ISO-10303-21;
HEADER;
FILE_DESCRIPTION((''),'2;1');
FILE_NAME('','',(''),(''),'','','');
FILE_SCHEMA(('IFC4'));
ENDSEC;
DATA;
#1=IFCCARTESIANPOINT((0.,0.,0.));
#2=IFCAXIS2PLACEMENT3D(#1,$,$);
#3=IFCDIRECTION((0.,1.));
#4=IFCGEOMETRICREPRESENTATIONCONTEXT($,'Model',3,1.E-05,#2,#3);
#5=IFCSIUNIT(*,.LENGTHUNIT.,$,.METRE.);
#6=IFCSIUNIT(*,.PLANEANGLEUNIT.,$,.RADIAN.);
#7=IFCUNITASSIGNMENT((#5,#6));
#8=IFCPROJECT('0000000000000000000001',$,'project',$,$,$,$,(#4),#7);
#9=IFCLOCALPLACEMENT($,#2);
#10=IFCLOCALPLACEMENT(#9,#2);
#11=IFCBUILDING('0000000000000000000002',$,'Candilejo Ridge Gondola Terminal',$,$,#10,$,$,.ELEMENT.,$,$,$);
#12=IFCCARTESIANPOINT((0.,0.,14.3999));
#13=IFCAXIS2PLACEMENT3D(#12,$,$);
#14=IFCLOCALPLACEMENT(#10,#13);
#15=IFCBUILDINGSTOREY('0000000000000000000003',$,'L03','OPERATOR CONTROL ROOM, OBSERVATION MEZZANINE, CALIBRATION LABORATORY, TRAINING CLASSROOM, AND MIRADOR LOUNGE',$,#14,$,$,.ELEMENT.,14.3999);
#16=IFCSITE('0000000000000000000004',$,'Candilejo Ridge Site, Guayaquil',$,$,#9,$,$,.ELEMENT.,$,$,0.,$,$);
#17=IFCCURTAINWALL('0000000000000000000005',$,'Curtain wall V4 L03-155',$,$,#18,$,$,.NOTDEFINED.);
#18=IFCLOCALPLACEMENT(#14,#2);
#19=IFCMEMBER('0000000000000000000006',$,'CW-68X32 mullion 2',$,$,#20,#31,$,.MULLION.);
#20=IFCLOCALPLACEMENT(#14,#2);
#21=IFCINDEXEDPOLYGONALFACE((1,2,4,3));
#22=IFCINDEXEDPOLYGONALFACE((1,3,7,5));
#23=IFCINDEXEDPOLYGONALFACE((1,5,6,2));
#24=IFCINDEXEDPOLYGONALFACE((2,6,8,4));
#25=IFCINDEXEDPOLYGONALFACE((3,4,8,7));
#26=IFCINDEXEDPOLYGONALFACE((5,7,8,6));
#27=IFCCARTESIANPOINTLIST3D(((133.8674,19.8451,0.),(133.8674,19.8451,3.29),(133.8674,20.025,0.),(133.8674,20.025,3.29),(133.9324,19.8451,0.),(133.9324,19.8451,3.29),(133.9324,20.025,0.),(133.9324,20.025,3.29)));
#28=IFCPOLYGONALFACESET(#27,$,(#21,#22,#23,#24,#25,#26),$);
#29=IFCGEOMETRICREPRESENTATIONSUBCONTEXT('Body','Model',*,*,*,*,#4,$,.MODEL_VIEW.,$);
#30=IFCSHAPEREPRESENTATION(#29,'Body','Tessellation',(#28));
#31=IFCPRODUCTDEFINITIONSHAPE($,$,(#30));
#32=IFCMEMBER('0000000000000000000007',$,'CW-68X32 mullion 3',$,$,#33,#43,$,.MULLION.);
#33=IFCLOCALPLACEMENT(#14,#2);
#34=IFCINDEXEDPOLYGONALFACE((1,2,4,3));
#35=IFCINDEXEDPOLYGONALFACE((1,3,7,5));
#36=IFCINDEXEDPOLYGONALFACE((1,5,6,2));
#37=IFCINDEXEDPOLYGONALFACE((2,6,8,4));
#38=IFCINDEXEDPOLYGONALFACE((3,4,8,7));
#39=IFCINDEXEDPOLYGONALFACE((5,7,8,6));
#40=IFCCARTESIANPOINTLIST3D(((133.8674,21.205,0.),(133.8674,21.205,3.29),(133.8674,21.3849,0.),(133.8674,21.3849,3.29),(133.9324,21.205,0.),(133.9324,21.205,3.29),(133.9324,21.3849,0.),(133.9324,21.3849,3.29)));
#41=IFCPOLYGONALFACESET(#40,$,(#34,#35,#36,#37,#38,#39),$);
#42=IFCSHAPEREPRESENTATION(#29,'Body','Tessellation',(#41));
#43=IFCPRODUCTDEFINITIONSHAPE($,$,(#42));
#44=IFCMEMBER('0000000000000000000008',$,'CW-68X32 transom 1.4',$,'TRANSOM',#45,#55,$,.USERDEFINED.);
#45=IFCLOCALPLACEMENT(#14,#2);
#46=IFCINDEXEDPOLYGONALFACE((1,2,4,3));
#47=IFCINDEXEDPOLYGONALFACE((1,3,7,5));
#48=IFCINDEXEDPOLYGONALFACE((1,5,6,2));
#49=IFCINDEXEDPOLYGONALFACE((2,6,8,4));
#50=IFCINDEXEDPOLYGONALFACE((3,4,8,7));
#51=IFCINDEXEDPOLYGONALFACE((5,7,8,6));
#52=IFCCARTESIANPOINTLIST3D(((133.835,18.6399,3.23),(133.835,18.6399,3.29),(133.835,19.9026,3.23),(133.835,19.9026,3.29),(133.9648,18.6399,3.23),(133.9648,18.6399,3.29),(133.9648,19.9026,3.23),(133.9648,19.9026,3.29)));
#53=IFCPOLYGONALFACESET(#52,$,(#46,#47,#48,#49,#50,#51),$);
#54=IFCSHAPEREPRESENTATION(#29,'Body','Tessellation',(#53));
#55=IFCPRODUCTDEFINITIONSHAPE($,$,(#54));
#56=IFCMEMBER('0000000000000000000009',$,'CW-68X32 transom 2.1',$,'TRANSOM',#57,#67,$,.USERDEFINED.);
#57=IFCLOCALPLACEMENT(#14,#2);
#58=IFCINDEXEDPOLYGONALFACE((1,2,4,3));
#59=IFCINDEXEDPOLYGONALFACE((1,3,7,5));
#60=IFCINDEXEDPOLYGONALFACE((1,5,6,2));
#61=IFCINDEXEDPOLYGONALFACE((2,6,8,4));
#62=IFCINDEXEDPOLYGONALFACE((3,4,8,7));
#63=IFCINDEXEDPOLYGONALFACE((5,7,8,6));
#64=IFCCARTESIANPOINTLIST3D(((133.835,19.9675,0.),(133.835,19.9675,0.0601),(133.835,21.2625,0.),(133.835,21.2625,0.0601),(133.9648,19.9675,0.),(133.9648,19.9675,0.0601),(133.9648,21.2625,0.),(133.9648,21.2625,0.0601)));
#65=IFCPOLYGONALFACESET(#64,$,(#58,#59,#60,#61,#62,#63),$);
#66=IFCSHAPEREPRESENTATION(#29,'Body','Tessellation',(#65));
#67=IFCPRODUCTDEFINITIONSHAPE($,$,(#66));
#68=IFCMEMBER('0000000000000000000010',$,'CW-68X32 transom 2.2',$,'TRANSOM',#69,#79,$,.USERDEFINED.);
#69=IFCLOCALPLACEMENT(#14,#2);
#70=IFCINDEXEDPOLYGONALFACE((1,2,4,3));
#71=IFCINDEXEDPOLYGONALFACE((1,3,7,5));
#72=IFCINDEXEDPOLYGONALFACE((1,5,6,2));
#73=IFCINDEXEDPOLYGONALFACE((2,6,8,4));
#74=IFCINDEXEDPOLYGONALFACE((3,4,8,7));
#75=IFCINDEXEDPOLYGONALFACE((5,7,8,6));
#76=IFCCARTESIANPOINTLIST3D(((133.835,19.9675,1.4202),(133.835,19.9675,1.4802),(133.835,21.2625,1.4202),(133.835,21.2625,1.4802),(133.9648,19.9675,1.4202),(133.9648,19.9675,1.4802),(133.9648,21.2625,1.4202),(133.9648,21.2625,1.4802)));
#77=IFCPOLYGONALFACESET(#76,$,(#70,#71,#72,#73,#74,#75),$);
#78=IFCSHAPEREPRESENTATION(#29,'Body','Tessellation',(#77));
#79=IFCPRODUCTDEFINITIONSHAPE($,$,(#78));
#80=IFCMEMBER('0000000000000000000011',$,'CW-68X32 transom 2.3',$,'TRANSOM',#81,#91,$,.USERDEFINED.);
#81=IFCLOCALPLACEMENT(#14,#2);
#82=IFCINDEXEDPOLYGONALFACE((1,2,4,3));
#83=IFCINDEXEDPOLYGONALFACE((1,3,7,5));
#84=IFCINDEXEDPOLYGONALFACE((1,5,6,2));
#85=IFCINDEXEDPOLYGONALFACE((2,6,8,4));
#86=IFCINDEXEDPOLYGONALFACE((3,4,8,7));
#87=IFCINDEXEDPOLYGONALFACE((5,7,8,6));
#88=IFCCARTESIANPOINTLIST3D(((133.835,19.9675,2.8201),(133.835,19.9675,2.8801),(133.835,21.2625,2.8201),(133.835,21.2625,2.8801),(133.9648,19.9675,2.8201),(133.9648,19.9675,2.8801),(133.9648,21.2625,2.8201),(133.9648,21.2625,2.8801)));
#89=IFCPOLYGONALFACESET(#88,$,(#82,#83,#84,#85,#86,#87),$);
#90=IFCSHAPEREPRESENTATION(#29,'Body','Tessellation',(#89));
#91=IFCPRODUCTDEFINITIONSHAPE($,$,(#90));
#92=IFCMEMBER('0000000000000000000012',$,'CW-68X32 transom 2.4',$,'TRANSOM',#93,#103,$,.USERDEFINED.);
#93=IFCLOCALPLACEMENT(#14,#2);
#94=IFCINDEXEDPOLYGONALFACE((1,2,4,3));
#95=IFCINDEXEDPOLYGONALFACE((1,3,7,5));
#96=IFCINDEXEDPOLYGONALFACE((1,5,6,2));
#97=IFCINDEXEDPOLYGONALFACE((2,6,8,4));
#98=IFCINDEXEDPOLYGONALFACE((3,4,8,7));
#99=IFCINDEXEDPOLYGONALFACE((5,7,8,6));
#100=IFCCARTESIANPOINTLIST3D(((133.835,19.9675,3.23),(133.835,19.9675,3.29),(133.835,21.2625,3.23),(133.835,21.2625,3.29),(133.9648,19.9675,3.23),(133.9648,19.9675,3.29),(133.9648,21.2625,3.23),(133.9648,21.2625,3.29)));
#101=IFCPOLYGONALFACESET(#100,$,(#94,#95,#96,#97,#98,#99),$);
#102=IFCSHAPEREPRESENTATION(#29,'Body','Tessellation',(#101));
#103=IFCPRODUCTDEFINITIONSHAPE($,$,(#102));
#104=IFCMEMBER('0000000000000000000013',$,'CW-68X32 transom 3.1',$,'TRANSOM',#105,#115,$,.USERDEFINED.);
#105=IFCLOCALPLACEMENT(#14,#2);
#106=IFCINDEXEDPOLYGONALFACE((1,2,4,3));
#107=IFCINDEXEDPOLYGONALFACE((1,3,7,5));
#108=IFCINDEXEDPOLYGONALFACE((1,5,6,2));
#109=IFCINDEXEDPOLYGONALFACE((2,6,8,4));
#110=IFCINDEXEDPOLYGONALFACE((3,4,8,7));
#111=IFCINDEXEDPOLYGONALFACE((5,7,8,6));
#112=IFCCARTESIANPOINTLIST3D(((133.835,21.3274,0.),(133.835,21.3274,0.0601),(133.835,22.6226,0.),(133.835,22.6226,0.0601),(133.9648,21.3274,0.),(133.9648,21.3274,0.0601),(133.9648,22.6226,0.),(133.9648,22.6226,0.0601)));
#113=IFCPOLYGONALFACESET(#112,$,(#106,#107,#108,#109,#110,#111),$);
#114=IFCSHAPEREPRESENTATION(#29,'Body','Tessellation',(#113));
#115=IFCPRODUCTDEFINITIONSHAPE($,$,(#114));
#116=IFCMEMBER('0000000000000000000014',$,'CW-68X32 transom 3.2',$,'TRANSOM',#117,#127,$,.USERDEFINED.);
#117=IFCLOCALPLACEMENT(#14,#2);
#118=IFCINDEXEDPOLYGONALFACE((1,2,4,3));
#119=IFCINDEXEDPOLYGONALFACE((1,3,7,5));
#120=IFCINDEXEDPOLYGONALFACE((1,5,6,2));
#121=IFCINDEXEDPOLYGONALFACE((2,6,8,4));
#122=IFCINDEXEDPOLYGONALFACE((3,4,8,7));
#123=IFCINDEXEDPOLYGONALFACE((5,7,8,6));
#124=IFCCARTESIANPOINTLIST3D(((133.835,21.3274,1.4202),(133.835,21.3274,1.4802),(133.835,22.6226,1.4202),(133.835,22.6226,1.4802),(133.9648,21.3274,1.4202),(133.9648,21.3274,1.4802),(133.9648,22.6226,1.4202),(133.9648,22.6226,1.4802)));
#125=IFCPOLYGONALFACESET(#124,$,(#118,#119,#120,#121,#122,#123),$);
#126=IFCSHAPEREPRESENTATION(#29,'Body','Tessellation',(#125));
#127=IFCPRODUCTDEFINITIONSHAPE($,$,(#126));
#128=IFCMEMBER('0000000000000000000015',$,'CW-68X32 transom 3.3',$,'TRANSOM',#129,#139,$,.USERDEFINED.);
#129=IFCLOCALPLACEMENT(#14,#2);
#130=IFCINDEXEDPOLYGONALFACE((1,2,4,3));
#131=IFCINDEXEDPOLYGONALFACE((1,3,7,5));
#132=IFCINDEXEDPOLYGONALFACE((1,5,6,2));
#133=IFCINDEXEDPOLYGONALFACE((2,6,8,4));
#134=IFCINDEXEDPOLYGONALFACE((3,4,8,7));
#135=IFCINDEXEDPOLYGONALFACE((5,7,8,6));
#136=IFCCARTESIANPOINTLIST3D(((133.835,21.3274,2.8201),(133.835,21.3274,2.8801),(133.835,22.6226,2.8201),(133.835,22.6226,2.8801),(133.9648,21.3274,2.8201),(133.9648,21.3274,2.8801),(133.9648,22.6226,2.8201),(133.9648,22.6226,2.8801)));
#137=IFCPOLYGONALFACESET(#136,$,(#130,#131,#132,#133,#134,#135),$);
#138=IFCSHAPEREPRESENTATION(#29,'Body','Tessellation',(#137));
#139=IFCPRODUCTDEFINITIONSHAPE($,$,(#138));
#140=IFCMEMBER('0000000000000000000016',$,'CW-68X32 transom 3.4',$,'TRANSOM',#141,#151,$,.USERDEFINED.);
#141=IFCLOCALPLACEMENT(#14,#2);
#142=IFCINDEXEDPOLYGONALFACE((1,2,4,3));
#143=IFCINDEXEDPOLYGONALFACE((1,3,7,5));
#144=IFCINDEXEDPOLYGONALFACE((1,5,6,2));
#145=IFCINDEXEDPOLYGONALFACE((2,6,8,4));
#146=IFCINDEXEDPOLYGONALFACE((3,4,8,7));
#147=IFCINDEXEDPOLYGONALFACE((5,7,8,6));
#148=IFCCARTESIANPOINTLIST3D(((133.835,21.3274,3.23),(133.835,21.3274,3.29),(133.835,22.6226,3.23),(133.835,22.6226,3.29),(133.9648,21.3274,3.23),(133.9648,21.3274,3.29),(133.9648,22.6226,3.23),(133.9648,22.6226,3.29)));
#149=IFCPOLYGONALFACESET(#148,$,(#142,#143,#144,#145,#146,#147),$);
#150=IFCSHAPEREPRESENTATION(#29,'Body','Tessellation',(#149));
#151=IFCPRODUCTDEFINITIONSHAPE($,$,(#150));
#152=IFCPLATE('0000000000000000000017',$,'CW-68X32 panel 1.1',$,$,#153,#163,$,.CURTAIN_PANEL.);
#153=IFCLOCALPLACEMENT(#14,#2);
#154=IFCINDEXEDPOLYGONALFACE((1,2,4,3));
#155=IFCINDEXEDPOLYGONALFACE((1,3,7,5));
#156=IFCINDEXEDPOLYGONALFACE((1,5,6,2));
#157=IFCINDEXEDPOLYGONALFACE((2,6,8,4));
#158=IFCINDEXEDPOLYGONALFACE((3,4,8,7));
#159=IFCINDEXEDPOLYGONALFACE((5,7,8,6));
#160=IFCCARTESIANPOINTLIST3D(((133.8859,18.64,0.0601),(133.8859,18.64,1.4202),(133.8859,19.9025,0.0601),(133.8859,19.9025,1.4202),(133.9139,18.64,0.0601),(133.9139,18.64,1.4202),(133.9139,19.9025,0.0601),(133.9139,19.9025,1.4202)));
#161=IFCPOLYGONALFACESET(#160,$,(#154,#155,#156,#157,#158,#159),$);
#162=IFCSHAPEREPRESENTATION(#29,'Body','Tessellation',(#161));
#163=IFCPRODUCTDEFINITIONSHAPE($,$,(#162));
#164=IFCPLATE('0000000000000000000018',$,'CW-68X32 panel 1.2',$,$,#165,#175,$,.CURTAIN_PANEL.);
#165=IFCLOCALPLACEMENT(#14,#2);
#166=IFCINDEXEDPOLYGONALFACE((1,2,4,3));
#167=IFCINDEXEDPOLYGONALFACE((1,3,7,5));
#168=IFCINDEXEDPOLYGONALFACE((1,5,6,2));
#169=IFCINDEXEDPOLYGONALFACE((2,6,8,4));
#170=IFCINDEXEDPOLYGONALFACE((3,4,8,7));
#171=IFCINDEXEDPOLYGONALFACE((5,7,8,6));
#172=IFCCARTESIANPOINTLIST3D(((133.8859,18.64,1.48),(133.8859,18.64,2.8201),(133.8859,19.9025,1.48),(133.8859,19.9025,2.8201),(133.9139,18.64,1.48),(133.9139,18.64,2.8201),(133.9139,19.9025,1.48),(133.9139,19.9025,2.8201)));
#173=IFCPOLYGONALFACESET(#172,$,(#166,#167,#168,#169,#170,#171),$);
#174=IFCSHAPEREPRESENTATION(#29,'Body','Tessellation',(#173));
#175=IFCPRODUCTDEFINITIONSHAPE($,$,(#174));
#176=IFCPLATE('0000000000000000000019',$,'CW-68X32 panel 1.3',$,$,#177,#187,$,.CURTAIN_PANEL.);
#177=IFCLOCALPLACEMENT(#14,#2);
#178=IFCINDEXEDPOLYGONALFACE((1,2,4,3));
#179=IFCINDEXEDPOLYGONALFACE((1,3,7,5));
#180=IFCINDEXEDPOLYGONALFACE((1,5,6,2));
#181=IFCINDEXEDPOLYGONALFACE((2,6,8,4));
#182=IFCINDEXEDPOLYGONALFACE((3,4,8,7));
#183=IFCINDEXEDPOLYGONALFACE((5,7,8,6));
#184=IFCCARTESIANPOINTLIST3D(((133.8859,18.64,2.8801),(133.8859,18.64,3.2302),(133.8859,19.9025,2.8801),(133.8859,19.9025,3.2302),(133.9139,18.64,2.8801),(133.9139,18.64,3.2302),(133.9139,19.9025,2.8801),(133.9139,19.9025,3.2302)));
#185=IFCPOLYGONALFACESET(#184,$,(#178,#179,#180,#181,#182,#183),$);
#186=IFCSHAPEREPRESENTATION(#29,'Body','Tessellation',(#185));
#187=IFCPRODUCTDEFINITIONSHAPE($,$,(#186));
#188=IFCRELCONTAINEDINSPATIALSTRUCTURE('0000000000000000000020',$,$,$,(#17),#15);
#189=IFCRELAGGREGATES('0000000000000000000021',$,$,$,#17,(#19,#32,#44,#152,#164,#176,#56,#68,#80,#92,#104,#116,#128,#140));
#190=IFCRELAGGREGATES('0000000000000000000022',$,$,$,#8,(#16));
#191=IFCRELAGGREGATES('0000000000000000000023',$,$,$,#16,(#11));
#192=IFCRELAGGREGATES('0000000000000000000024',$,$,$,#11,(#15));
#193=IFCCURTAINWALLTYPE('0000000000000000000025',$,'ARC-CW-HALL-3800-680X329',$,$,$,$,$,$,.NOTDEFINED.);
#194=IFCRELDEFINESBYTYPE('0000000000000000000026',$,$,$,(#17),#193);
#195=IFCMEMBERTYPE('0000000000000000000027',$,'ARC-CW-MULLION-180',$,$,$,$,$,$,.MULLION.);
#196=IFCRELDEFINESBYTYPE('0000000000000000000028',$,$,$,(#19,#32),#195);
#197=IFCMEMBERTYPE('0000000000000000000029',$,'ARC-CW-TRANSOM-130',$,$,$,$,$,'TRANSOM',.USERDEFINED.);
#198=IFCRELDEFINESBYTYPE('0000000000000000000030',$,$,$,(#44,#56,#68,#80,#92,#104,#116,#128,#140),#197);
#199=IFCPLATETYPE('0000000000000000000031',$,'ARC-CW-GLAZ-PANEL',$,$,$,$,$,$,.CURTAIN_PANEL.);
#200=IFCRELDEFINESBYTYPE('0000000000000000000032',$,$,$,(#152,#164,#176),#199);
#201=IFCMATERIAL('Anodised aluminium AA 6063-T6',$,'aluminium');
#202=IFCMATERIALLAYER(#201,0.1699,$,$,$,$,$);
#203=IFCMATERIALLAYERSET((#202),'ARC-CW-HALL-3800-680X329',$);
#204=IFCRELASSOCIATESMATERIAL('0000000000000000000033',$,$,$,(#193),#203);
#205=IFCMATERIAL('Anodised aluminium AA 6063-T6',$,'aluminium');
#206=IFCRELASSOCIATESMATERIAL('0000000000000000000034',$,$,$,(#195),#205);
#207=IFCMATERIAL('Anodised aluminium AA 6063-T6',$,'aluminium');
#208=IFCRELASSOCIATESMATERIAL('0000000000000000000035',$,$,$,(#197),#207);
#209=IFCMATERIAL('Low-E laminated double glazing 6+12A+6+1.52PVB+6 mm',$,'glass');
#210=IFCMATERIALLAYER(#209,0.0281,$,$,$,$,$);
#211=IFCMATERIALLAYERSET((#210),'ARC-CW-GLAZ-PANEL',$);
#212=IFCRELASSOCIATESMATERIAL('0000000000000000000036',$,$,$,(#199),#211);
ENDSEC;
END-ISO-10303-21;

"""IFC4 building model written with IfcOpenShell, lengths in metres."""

from ifc_helpers import new_model, si_unit, direction, frame, origin, origin_2d, place, context, subcontext, project, spatial, rectangle, extrude, material, layer, layer_set, material_profile, profile_set, type_object, element, aggregate, save


model = new_model("IFC4")

# Units and contexts
model_context = context("Model", 3, precision=1e-05, world=origin(), true_north=direction((0.0, 1.0)))
body_context = subcontext(model_context, "Body", "Model", "MODEL_VIEW")
ifc_project = project(units=[si_unit("LENGTHUNIT", "METRE"), si_unit("PLANEANGLEUNIT", "RADIAN")], contexts=[model_context])

# Site, building, storey
site_placement = place(None, origin())
site = spatial("IfcSite", under=ifc_project, at=site_placement, Name="Candilejo Ridge Site, Guayaquil", CompositionType="ELEMENT", RefElevation=0.0)
building_placement = place(site_placement, origin())
building = spatial("IfcBuilding", under=site, at=building_placement, Name="Candilejo Ridge Gondola Terminal", CompositionType="ELEMENT")
storey_placement = place(building_placement, frame((0.0, 0.0, 14.3999)))
storey = spatial("IfcBuildingStorey", under=building, at=storey_placement, Name="L03", Description="OPERATOR CONTROL ROOM, OBSERVATION MEZZANINE, CALIBRATION LABORATORY, TRAINING CLASSROOM, AND MIRADOR LOUNGE", CompositionType="ELEMENT", Elevation=14.3999)

# Curtain wall, members, plates
ifc_material_1 = material(Name="Anodised aluminium AA 6063-T6", Category="aluminium")
ifc_layer_1 = layer(ifc_material_1, 0.1699)
ifc_layer_set_1 = layer_set([ifc_layer_1], Name="ARC-CW-HALL-3800-680X329")
curtain_wall_type = type_object("IfcCurtainWallType", Name="ARC-CW-HALL-3800-680X329", PredefinedType="NOTDEFINED", material=ifc_layer_set_1)
curtain_wall_placement = place(storey_placement, origin())
curtain_wall = element("IfcCurtainWall", 1, at=curtain_wall_placement, inside=storey, type_object=curtain_wall_type, Name="Curtain wall V4 L03-155", PredefinedType="NOTDEFINED")
ifc_material_2 = material(Name="Anodised aluminium AA 6063-T6", Category="aluminium")
ifc_material_profile_1 = material_profile(ifc_material_2, rectangle(XDim=0.0649, YDim=0.1799, at=origin_2d()))
ifc_profile_set_1 = profile_set([ifc_material_profile_1], Name="Anodised aluminium AA 6063-T6")
member_type_1 = type_object("IfcMemberType", Name="ARC-CW-MULLION-180", PredefinedType="MULLION", material=ifc_profile_set_1)
member_1_placement = place(storey_placement, frame((133.8999, 19.9351, 0.0), z_axis=(0.0, 0.0, 1.0), x_axis=(-1.0, 0.0, 0.0)))
member_1 = element("IfcMember", 2, at=member_1_placement, type_object=member_type_1, Name="CW-68X32 mullion 2", PredefinedType="MULLION", context=body_context, shape_type="SweptSolid", body=[
    extrude(rectangle(XDim=0.0649, YDim=0.1799, at=origin_2d()), origin(), (0.0, 0.0, 1.0), 3.29),
])
member_2_placement = place(storey_placement, frame((133.8999, 21.2949, 0.0), z_axis=(0.0, 0.0, 1.0), x_axis=(-1.0, 0.0, 0.0)))
member_2 = element("IfcMember", 3, at=member_2_placement, type_object=member_type_1, Name="CW-68X32 mullion 3", PredefinedType="MULLION", context=body_context, shape_type="SweptSolid", body=[
    extrude(rectangle(XDim=0.0649, YDim=0.1799, at=origin_2d()), origin(), (0.0, 0.0, 1.0), 3.29),
])
ifc_material_3 = material(Name="Anodised aluminium AA 6063-T6", Category="aluminium")
ifc_material_profile_2 = material_profile(ifc_material_3, rectangle(XDim=0.1299, YDim=0.0601, at=origin_2d()))
ifc_profile_set_2 = profile_set([ifc_material_profile_2], Name="Anodised aluminium AA 6063-T6")
member_type_2 = type_object("IfcMemberType", Name="ARC-CW-TRANSOM-130", ElementType="TRANSOM", PredefinedType="USERDEFINED", material=ifc_profile_set_2)
member_3_placement = place(storey_placement, frame((133.8999, 18.6399, 3.26), z_axis=(0.0, 1.0, 0.0), x_axis=(-1.0, 0.0, 0.0)))
member_3 = element("IfcMember", 4, at=member_3_placement, type_object=member_type_2, Name="CW-68X32 transom 1.4", ObjectType="TRANSOM", PredefinedType="USERDEFINED", context=body_context, shape_type="SweptSolid", body=[
    extrude(rectangle(XDim=0.1299, YDim=0.0601, at=origin_2d()), origin(), (0.0, 0.0, 1.0), 1.2627),
])
member_4_placement = place(storey_placement, frame((133.8999, 19.9675, 0.03), z_axis=(0.0, 1.0, 0.0), x_axis=(-1.0, 0.0, 0.0)))
member_4 = element("IfcMember", 5, at=member_4_placement, type_object=member_type_2, Name="CW-68X32 transom 2.1", ObjectType="TRANSOM", PredefinedType="USERDEFINED", context=body_context, shape_type="SweptSolid", body=[
    extrude(rectangle(XDim=0.1299, YDim=0.0601, at=origin_2d()), origin(), (0.0, 0.0, 1.0), 1.2949),
])
member_5_placement = place(storey_placement, frame((133.8999, 19.9675, 1.4502), z_axis=(0.0, 1.0, 0.0), x_axis=(-1.0, 0.0, 0.0)))
member_5 = element("IfcMember", 6, at=member_5_placement, type_object=member_type_2, Name="CW-68X32 transom 2.2", ObjectType="TRANSOM", PredefinedType="USERDEFINED", context=body_context, shape_type="SweptSolid", body=[
    extrude(rectangle(XDim=0.1299, YDim=0.0601, at=origin_2d()), origin(), (0.0, 0.0, 1.0), 1.2949),
])
member_6_placement = place(storey_placement, frame((133.8999, 19.9675, 2.8501), z_axis=(0.0, 1.0, 0.0), x_axis=(-1.0, 0.0, 0.0)))
member_6 = element("IfcMember", 7, at=member_6_placement, type_object=member_type_2, Name="CW-68X32 transom 2.3", ObjectType="TRANSOM", PredefinedType="USERDEFINED", context=body_context, shape_type="SweptSolid", body=[
    extrude(rectangle(XDim=0.1299, YDim=0.0601, at=origin_2d()), origin(), (0.0, 0.0, 1.0), 1.2949),
])
member_7_placement = place(storey_placement, frame((133.8999, 19.9675, 3.26), z_axis=(0.0, 1.0, 0.0), x_axis=(-1.0, 0.0, 0.0)))
member_7 = element("IfcMember", 8, at=member_7_placement, type_object=member_type_2, Name="CW-68X32 transom 2.4", ObjectType="TRANSOM", PredefinedType="USERDEFINED", context=body_context, shape_type="SweptSolid", body=[
    extrude(rectangle(XDim=0.1299, YDim=0.0601, at=origin_2d()), origin(), (0.0, 0.0, 1.0), 1.2949),
])
member_8_placement = place(storey_placement, frame((133.8999, 21.3274, 0.03), z_axis=(0.0, 1.0, 0.0), x_axis=(-1.0, 0.0, 0.0)))
member_8 = element("IfcMember", 9, at=member_8_placement, type_object=member_type_2, Name="CW-68X32 transom 3.1", ObjectType="TRANSOM", PredefinedType="USERDEFINED", context=body_context, shape_type="SweptSolid", body=[
    extrude(rectangle(XDim=0.1299, YDim=0.0601, at=origin_2d()), origin(), (0.0, 0.0, 1.0), 1.2952),
])
member_9_placement = place(storey_placement, frame((133.8999, 21.3274, 1.4502), z_axis=(0.0, 1.0, 0.0), x_axis=(-1.0, 0.0, 0.0)))
member_9 = element("IfcMember", 10, at=member_9_placement, type_object=member_type_2, Name="CW-68X32 transom 3.2", ObjectType="TRANSOM", PredefinedType="USERDEFINED", context=body_context, shape_type="SweptSolid", body=[
    extrude(rectangle(XDim=0.1299, YDim=0.0601, at=origin_2d()), origin(), (0.0, 0.0, 1.0), 1.2952),
])
member_10_placement = place(storey_placement, frame((133.8999, 21.3274, 2.8501), z_axis=(0.0, 1.0, 0.0), x_axis=(-1.0, 0.0, 0.0)))
member_10 = element("IfcMember", 11, at=member_10_placement, type_object=member_type_2, Name="CW-68X32 transom 3.3", ObjectType="TRANSOM", PredefinedType="USERDEFINED", context=body_context, shape_type="SweptSolid", body=[
    extrude(rectangle(XDim=0.1299, YDim=0.0601, at=origin_2d()), origin(), (0.0, 0.0, 1.0), 1.2952),
])
member_11_placement = place(storey_placement, frame((133.8999, 21.3274, 3.26), z_axis=(0.0, 1.0, 0.0), x_axis=(-1.0, 0.0, 0.0)))
member_11 = element("IfcMember", 12, at=member_11_placement, type_object=member_type_2, Name="CW-68X32 transom 3.4", ObjectType="TRANSOM", PredefinedType="USERDEFINED", context=body_context, shape_type="SweptSolid", body=[
    extrude(rectangle(XDim=0.1299, YDim=0.0601, at=origin_2d()), origin(), (0.0, 0.0, 1.0), 1.2952),
])
ifc_material_4 = material(Name="Low-E laminated double glazing 6+12A+6+1.52PVB+6 mm", Category="glass")
ifc_layer_2 = layer(ifc_material_4, 0.0281)
ifc_layer_set_2 = layer_set([ifc_layer_2], Name="ARC-CW-GLAZ-PANEL")
plate_type = type_object("IfcPlateType", Name="ARC-CW-GLAZ-PANEL", PredefinedType="CURTAIN_PANEL", material=ifc_layer_set_2)
plate_1_placement = place(storey_placement, frame((133.8999, 19.2712, 0.0601), z_axis=(0.0, 0.0, 1.0), x_axis=(0.0, 1.0, 0.0)))
plate_1 = element("IfcPlate", 13, at=plate_1_placement, type_object=plate_type, Name="CW-68X32 panel 1.1", PredefinedType="CURTAIN_PANEL", context=body_context, shape_type="SweptSolid", body=[
    extrude(rectangle(XDim=1.2625, YDim=0.0281, at=origin_2d()), origin(), (0.0, 0.0, 1.0), 1.3601),
])
plate_2_placement = place(storey_placement, frame((133.8999, 19.2712, 1.48), z_axis=(0.0, 0.0, 1.0), x_axis=(0.0, 1.0, 0.0)))
plate_2 = element("IfcPlate", 14, at=plate_2_placement, type_object=plate_type, Name="CW-68X32 panel 1.2", PredefinedType="CURTAIN_PANEL", context=body_context, shape_type="SweptSolid", body=[
    extrude(rectangle(XDim=1.2625, YDim=0.0281, at=origin_2d()), origin(), (0.0, 0.0, 1.0), 1.3401),
])
plate_3_placement = place(storey_placement, frame((133.8999, 19.2712, 2.8801), z_axis=(0.0, 0.0, 1.0), x_axis=(0.0, 1.0, 0.0)))
plate_3 = element("IfcPlate", 15, at=plate_3_placement, type_object=plate_type, Name="CW-68X32 panel 1.3", PredefinedType="CURTAIN_PANEL", context=body_context, shape_type="SweptSolid", body=[
    extrude(rectangle(XDim=1.2625, YDim=0.0281, at=origin_2d()), origin(), (0.0, 0.0, 1.0), 0.3501),
])
aggregate(curtain_wall, [member_1, member_2, member_3, plate_1, plate_2, plate_3, member_4, member_5, member_6, member_7, member_8, member_9, member_10, member_11])

save(model, "model.ifc")
